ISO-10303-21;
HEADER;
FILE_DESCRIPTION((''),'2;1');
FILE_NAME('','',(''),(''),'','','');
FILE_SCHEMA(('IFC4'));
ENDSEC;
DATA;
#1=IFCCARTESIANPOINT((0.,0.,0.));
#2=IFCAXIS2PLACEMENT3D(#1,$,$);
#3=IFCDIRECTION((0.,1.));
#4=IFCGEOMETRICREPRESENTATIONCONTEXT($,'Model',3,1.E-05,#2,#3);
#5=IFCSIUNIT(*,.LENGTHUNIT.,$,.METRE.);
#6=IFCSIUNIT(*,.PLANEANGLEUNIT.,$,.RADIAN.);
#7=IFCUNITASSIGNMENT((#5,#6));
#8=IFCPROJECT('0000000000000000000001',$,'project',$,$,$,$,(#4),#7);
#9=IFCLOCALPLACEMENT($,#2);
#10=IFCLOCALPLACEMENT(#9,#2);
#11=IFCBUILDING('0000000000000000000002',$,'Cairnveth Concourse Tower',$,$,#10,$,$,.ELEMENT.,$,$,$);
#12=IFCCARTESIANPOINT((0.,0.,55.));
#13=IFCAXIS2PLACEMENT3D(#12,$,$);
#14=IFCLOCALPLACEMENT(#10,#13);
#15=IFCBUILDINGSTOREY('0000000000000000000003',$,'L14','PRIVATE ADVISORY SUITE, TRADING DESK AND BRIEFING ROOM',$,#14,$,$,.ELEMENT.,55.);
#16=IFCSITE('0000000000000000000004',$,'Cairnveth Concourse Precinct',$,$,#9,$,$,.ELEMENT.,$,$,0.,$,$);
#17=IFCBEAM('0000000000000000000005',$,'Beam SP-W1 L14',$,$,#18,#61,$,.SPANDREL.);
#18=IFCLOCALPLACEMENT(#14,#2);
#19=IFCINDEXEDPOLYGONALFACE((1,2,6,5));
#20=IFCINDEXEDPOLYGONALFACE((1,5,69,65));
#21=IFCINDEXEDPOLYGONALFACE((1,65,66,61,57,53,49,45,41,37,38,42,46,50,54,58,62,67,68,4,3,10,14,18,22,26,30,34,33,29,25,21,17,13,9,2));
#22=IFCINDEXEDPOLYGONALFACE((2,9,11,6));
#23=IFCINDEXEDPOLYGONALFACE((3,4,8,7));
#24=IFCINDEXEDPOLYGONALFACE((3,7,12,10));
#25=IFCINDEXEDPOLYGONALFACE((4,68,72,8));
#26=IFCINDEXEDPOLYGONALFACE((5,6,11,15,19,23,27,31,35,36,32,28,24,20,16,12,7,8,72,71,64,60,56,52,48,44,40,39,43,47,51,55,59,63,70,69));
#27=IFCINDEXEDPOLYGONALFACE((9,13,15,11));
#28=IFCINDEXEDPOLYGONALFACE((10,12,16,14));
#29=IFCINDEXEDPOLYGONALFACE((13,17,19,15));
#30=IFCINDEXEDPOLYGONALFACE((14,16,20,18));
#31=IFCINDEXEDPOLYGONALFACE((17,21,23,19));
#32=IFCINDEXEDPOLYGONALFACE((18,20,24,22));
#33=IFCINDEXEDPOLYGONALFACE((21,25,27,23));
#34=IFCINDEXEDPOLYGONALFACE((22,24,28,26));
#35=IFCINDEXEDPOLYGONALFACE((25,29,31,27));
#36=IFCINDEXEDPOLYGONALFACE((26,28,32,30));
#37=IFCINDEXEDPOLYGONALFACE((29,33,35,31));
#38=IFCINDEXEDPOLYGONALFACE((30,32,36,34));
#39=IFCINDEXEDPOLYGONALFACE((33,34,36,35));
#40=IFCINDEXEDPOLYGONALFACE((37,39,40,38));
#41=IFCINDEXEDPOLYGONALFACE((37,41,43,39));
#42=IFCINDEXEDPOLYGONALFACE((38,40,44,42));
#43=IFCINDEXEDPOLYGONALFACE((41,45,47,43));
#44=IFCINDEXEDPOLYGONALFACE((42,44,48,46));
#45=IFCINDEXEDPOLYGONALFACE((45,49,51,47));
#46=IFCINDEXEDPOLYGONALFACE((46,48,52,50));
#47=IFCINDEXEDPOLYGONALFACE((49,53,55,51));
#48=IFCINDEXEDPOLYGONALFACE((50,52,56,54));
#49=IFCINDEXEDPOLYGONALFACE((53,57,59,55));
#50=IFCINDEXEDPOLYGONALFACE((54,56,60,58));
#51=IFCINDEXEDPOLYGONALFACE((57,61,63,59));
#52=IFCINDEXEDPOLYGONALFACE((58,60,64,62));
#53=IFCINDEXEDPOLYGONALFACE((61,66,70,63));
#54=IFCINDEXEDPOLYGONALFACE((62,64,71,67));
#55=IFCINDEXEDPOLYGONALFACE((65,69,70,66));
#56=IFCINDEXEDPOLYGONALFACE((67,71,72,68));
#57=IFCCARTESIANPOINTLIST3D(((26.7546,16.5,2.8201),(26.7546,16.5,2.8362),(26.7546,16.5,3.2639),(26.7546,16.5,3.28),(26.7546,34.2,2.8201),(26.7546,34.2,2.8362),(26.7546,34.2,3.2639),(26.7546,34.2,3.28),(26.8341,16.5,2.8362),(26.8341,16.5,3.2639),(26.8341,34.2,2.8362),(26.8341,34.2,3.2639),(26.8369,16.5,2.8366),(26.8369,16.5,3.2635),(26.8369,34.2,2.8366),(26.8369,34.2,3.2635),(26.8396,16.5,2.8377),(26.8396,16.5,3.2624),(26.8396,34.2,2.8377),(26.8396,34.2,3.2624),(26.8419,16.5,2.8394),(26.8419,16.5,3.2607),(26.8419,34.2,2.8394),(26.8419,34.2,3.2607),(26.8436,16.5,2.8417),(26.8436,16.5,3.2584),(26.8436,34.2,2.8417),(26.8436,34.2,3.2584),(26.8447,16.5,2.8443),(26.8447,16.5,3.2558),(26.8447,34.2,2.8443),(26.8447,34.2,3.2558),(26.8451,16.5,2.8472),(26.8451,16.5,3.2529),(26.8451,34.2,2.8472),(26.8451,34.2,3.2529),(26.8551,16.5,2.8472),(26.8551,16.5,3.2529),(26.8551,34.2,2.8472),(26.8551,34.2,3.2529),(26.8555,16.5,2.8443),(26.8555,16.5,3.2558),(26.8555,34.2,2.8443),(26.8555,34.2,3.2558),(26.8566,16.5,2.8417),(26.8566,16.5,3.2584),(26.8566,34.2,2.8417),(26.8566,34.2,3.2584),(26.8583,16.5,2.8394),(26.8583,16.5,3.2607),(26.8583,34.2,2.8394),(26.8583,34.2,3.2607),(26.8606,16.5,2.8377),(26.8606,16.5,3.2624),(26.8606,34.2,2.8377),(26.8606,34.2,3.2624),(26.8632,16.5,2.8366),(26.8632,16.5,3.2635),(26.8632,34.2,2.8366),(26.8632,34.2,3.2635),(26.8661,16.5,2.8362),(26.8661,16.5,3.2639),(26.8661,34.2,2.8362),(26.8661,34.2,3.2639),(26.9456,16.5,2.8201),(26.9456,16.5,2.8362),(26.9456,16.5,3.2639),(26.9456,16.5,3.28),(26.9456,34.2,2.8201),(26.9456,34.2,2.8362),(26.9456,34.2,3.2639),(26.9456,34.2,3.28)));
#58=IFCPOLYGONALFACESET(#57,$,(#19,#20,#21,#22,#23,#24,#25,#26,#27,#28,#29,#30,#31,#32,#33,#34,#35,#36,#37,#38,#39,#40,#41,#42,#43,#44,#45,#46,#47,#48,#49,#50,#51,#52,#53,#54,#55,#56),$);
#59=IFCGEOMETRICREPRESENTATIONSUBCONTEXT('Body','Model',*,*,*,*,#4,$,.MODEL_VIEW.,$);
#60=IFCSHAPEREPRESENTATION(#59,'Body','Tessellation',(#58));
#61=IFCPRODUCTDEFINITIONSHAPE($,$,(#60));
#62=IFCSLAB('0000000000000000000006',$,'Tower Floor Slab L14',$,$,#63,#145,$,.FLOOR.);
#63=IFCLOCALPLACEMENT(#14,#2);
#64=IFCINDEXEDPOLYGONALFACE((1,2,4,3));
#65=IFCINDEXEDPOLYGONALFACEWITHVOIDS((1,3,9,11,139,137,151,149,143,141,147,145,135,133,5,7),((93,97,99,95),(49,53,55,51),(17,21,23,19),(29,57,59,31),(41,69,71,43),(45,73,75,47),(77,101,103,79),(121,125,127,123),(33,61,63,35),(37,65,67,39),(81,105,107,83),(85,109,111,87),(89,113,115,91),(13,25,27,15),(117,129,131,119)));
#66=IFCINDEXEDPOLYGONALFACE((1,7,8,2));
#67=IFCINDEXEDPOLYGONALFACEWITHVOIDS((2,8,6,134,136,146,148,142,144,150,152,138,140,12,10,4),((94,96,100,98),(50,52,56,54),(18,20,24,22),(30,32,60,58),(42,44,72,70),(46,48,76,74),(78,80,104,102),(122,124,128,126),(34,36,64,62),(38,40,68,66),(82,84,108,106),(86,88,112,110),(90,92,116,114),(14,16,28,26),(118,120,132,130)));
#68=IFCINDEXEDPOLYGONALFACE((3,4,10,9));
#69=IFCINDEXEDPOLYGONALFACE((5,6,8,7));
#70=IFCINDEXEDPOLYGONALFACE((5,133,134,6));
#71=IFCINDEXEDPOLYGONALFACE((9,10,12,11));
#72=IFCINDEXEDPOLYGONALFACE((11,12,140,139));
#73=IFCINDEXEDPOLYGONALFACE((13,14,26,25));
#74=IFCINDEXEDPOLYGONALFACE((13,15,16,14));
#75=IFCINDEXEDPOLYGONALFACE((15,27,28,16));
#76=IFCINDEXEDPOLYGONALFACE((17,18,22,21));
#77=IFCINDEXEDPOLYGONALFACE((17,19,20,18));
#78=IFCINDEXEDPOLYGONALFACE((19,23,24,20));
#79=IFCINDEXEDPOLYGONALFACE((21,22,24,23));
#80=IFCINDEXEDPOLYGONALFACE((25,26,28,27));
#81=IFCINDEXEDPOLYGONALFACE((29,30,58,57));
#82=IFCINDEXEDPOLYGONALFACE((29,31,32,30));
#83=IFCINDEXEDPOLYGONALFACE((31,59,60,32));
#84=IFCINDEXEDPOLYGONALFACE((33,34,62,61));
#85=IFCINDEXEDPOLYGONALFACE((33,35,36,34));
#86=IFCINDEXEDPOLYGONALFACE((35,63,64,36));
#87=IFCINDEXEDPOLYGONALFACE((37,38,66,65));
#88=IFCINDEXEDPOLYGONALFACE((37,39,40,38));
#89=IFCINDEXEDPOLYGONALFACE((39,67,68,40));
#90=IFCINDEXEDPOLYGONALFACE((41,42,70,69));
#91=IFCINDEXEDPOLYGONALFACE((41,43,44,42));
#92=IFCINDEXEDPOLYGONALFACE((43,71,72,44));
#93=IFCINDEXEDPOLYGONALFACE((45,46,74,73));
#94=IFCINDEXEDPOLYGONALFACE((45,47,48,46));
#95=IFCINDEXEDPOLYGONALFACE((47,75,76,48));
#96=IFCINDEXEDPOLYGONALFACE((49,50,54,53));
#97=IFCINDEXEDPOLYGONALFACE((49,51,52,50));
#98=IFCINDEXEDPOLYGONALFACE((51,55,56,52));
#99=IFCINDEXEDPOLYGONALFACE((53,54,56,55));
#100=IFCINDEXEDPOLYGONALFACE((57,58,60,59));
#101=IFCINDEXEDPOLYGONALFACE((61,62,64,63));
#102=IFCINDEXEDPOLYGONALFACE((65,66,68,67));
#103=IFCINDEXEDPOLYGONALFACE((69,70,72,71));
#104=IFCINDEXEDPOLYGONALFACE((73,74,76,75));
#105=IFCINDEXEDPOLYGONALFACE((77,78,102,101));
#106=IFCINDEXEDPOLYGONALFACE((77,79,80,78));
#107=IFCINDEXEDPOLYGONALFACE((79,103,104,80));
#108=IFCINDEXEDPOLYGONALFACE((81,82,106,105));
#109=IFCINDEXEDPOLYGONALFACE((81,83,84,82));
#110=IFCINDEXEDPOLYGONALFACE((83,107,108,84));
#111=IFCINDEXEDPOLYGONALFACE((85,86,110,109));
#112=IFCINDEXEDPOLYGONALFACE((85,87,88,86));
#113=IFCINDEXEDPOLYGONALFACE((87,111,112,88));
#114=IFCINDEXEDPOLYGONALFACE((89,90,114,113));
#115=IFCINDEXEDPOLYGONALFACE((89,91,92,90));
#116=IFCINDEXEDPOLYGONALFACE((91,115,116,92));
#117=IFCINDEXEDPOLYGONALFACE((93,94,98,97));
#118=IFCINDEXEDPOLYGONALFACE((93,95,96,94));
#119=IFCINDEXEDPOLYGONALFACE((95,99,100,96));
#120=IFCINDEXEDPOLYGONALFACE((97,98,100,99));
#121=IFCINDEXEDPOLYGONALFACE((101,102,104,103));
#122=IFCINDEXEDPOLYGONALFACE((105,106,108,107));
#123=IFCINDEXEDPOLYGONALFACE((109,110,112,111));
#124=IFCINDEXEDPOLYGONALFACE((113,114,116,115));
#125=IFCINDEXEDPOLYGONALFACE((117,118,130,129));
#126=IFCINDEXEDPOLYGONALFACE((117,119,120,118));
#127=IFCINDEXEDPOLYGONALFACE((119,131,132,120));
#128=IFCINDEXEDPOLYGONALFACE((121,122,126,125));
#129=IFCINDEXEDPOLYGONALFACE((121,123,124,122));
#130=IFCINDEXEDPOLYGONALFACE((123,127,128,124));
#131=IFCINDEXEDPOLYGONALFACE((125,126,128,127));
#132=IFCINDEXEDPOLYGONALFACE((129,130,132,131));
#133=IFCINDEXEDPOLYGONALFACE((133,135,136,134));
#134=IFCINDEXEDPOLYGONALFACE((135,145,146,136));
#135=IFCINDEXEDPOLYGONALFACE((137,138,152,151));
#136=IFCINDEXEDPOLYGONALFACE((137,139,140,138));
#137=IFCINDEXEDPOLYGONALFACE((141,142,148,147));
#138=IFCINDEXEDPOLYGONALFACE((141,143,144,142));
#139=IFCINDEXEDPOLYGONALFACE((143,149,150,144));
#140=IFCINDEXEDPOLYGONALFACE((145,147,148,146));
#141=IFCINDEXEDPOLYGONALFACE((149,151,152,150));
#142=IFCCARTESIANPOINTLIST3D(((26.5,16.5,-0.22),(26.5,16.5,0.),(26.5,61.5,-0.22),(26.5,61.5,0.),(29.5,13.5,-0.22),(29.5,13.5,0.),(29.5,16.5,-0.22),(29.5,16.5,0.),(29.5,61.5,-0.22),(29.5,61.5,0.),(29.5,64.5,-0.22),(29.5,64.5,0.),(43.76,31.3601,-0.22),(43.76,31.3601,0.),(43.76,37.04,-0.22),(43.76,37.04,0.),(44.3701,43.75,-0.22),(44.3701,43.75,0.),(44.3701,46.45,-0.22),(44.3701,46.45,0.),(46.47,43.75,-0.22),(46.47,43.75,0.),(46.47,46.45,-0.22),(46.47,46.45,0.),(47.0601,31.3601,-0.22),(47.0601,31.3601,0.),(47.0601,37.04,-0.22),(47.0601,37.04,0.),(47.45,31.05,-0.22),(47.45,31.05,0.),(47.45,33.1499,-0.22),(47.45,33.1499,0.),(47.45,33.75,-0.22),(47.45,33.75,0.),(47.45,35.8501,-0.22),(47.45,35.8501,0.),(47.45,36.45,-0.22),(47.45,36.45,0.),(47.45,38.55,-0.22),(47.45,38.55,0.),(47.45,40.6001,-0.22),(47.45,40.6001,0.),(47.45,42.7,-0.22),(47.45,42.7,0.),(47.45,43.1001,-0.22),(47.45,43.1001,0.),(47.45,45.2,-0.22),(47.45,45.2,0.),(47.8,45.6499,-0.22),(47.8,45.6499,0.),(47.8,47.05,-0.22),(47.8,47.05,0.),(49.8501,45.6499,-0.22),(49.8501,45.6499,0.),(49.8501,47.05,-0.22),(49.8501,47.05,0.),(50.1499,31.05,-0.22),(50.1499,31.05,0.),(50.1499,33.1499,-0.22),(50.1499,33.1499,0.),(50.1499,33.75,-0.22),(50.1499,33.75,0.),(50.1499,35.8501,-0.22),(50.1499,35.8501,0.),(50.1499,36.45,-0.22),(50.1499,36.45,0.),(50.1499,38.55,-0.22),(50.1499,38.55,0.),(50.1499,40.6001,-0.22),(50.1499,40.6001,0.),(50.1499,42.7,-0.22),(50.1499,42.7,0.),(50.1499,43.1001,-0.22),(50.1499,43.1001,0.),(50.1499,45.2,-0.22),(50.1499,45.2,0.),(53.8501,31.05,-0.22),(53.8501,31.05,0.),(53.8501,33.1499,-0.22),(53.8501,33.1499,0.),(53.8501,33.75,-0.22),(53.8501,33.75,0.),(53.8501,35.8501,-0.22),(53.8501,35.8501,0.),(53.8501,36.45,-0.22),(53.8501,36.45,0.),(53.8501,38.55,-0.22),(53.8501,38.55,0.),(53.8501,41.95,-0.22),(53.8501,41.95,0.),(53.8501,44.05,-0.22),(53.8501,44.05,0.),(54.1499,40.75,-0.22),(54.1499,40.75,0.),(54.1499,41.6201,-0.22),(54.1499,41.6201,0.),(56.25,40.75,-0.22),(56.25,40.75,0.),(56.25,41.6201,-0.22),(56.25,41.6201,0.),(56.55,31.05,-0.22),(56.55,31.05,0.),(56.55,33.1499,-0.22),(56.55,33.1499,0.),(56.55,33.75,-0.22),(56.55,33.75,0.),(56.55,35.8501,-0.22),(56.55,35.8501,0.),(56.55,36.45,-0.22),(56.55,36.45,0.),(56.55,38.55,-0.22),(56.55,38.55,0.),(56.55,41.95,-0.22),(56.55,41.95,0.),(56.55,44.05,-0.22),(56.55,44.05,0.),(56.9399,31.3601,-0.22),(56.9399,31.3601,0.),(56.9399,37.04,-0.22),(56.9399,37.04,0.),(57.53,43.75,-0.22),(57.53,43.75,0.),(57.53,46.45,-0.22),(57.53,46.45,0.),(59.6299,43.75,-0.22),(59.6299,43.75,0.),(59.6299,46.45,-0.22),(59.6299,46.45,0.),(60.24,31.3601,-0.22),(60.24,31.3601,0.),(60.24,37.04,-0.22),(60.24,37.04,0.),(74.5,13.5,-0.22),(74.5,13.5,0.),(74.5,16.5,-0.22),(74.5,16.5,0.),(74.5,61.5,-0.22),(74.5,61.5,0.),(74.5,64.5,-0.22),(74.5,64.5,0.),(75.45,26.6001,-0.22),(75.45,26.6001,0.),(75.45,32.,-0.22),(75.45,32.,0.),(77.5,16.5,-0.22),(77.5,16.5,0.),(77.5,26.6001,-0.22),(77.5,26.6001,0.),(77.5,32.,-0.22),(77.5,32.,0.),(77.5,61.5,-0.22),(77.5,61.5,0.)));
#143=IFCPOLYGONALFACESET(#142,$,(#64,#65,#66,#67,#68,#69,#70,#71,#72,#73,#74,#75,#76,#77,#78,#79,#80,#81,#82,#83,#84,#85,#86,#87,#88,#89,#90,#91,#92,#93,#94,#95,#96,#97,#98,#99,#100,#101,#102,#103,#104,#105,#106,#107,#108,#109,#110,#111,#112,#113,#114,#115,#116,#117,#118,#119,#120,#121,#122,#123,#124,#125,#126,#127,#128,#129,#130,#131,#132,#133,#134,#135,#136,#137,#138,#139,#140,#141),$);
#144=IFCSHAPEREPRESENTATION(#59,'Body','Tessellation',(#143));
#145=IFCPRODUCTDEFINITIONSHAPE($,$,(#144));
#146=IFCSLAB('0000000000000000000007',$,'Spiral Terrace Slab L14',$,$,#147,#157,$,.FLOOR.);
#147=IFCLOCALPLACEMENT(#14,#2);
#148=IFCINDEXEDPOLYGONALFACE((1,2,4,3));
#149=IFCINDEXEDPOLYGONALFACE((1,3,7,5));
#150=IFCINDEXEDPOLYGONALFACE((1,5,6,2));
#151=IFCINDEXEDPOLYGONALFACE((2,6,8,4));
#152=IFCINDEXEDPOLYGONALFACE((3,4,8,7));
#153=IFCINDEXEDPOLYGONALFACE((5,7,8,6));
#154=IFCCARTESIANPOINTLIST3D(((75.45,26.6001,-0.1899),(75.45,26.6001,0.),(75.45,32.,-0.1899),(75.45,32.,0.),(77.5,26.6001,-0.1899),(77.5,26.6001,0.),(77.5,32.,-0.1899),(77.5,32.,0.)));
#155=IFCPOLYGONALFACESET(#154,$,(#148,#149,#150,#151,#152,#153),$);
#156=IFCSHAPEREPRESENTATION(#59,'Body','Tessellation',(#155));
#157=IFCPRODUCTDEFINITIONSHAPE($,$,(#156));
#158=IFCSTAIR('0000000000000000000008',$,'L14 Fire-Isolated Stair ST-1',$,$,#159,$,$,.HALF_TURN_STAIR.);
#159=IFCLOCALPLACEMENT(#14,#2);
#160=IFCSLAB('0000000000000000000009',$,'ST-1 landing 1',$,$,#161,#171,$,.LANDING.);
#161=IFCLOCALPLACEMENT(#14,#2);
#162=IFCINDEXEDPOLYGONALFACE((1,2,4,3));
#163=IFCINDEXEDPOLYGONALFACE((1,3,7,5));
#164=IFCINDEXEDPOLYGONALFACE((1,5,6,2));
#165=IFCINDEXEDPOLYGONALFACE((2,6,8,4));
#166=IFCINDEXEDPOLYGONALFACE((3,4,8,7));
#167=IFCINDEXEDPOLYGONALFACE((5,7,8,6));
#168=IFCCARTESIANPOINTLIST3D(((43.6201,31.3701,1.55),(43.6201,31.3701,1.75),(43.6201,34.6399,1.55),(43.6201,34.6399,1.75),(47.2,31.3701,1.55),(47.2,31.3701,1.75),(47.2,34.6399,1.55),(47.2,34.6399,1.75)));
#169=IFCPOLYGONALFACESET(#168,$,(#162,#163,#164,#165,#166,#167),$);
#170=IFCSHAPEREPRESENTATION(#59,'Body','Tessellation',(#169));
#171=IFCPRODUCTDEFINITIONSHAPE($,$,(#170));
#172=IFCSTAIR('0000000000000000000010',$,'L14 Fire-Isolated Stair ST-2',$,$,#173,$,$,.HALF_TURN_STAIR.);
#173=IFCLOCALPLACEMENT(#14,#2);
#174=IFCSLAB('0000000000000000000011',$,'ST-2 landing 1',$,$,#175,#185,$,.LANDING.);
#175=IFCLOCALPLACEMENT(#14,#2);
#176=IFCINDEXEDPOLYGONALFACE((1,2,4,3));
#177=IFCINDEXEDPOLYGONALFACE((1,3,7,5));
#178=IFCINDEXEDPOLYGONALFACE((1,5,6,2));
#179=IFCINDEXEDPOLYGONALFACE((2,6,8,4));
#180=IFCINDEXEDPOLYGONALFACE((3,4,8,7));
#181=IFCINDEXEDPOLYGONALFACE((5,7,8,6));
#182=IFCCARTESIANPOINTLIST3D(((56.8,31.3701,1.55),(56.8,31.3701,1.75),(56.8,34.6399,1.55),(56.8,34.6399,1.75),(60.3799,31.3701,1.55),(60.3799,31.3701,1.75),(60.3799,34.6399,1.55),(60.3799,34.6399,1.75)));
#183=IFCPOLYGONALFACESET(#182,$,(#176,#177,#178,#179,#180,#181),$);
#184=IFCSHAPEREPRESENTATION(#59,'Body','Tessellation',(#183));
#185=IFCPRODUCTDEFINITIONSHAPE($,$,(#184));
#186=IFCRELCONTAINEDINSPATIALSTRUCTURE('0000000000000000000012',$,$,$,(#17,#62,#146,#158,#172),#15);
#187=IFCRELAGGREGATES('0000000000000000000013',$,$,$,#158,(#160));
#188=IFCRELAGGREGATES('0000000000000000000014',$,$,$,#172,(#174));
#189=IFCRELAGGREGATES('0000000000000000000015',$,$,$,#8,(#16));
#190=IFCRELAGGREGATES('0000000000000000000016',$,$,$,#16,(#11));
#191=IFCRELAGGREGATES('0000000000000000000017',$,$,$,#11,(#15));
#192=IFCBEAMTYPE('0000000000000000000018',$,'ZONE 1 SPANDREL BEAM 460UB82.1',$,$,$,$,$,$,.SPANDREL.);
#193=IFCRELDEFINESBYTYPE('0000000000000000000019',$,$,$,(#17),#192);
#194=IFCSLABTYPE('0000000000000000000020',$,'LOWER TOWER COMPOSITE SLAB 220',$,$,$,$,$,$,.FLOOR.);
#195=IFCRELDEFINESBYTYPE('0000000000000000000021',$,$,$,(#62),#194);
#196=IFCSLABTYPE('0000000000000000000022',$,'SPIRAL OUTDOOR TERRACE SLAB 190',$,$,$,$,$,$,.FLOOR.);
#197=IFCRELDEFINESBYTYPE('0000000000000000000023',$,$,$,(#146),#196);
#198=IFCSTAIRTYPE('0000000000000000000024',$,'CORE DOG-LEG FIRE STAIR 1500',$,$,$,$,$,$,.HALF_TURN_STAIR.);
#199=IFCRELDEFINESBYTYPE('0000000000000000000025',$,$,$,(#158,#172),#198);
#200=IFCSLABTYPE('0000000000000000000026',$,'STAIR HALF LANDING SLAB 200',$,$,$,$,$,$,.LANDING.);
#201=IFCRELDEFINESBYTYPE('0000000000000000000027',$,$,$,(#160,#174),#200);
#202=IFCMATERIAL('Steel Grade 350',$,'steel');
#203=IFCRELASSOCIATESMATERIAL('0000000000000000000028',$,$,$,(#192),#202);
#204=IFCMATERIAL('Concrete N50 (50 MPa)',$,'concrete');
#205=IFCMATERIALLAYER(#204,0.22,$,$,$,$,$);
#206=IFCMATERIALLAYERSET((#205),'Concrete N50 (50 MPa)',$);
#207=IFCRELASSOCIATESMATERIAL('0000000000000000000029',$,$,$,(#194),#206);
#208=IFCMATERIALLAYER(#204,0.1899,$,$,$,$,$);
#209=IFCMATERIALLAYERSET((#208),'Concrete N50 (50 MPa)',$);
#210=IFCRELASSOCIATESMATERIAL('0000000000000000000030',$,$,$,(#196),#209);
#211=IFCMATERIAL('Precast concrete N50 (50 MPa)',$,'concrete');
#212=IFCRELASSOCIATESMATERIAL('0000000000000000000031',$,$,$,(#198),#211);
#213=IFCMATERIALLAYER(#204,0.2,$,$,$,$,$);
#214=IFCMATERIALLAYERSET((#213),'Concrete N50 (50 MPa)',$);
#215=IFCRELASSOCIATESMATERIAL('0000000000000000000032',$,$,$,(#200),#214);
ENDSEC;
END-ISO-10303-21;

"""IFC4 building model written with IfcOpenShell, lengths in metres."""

from ifc_helpers import new_model, si_unit, direction, frame, origin, origin_2d, place, context, subcontext, project, spatial, polyline, i_section, outline, extrude, material, layer, layer_set, material_profile, profile_set, type_object, element, aggregate, save


model = new_model("IFC4")

# Units and contexts
model_context = context("Model", 3, precision=1e-05, world=origin(), true_north=direction((0.0, 1.0)))
body_context = subcontext(model_context, "Body", "Model", "MODEL_VIEW")
ifc_project = project(units=[si_unit("LENGTHUNIT", "METRE"), si_unit("PLANEANGLEUNIT", "RADIAN")], contexts=[model_context])

# Site, building, storey
site_placement = place(None, origin())
site = spatial("IfcSite", under=ifc_project, at=site_placement, Name="Cairnveth Concourse Precinct", CompositionType="ELEMENT", RefElevation=0.0)
building_placement = place(site_placement, origin())
building = spatial("IfcBuilding", under=site, at=building_placement, Name="Cairnveth Concourse Tower", CompositionType="ELEMENT")
storey_placement = place(building_placement, frame((0.0, 0.0, 55.0)))
storey = spatial("IfcBuildingStorey", under=building, at=storey_placement, Name="L14", Description="PRIVATE ADVISORY SUITE, TRADING DESK AND BRIEFING ROOM", CompositionType="ELEMENT", Elevation=55.0)

# Beam
ifc_material_1 = material(Name="Steel Grade 350", Category="steel")
ifc_material_profile_1 = material_profile(ifc_material_1, i_section(OverallWidth=0.1909, OverallDepth=0.46, WebThickness=0.01, FlangeThickness=0.0161, FilletRadius=0.011, at=origin_2d()), Name="460UB82.1")
ifc_profile_set_1 = profile_set([ifc_material_profile_1], Name="Steel Grade 350")
beam_type_1 = type_object("IfcBeamType", Name="ZONE 1 SPANDREL BEAM 460UB82.1", PredefinedType="SPANDREL", material=ifc_profile_set_1)
for number, where, z_axis, x_axis, name in (
    (1, (26.8501, 16.5, 3.05), (0.0, 1.0, 0.0), (-1.0, 0.0, 0.0), "Beam SP-W1 L14"),
):
    element("IfcBeam", number, at=place(storey_placement, frame(where, z_axis=z_axis, x_axis=x_axis)), inside=storey, type_object=beam_type_1, Name=name, PredefinedType="SPANDREL", context=body_context, shape_type="SweptSolid", body=[
        extrude(i_section(OverallWidth=0.1909, OverallDepth=0.46, WebThickness=0.01, FlangeThickness=0.0161, FilletRadius=0.011, at=origin_2d()), origin(), (0.0, 0.0, 1.0), 17.7),
    ])

# Slabs
ifc_material_2 = material(Name="Concrete N50 (50 MPa)", Category="concrete")
ifc_layer_1 = layer(ifc_material_2, 0.22)
ifc_layer_set_1 = layer_set([ifc_layer_1], Name="Concrete N50 (50 MPa)")
slab_type_1 = type_object("IfcSlabType", Name="LOWER TOWER COMPOSITE SLAB 220", PredefinedType="FLOOR", material=ifc_layer_set_1)
slab_1_placement = place(storey_placement, frame((0.0, 0.0, -0.22)))
element("IfcSlab", 2, at=slab_1_placement, inside=storey, type_object=slab_type_1, Name="Tower Floor Slab L14", PredefinedType="FLOOR", context=body_context, shape_type="SweptSolid", body=[
    extrude(outline(polyline([(77.5, 26.6001), (75.45, 26.6001), (75.45, 32.0), (77.5, 32.0), (77.5, 61.5), (74.5, 61.5), (74.5, 64.5), (29.5, 64.5), (29.5, 61.5), (26.5, 61.5), (26.5, 16.5), (29.5, 16.5), (29.5, 13.5), (74.5, 13.5), (74.5, 16.5), (77.5, 16.5), (77.5, 26.6001)]), holes=[polyline([(43.76, 31.3601), (47.0601, 31.3601), (47.0601, 37.04), (43.76, 37.04), (43.76, 31.3601)]), polyline([(56.9399, 31.3601), (60.24, 31.3601), (60.24, 37.04), (56.9399, 37.04), (56.9399, 31.3601)]), polyline([(44.3701, 43.75), (46.47, 43.75), (46.47, 46.45), (44.3701, 46.45), (44.3701, 43.75)]), polyline([(57.53, 43.75), (59.6299, 43.75), (59.6299, 46.45), (57.53, 46.45), (57.53, 43.75)]), polyline([(47.45, 31.05), (50.1499, 31.05), (50.1499, 33.1499), (47.45, 33.1499), (47.45, 31.05)]), polyline([(47.45, 33.75), (50.1499, 33.75), (50.1499, 35.8501), (47.45, 35.8501), (47.45, 33.75)]), polyline([(47.45, 36.45), (50.1499, 36.45), (50.1499, 38.55), (47.45, 38.55), (47.45, 36.45)]), polyline([(53.8501, 31.05), (56.55, 31.05), (56.55, 33.1499), (53.8501, 33.1499), (53.8501, 31.05)]), polyline([(53.8501, 33.75), (56.55, 33.75), (56.55, 35.8501), (53.8501, 35.8501), (53.8501, 33.75)]), polyline([(53.8501, 36.45), (56.55, 36.45), (56.55, 38.55), (53.8501, 38.55), (53.8501, 36.45)]), polyline([(47.45, 40.6001), (50.1499, 40.6001), (50.1499, 42.7), (47.45, 42.7), (47.45, 40.6001)]), polyline([(47.45, 43.1001), (50.1499, 43.1001), (50.1499, 45.2), (47.45, 45.2), (47.45, 43.1001)]), polyline([(53.8501, 41.95), (56.55, 41.95), (56.55, 44.05), (53.8501, 44.05), (53.8501, 41.95)]), polyline([(47.8, 45.6499), (49.8501, 45.6499), (49.8501, 47.05), (47.8, 47.05), (47.8, 45.6499)]), polyline([(54.1499, 40.75), (56.25, 40.75), (56.25, 41.6201), (54.1499, 41.6201), (54.1499, 40.75)])]), origin(), (0.0, 0.0, 1.0), 0.22),
])
ifc_layer_2 = layer(ifc_material_2, 0.1899)
ifc_layer_set_2 = layer_set([ifc_layer_2], Name="Concrete N50 (50 MPa)")
slab_type_2 = type_object("IfcSlabType", Name="SPIRAL OUTDOOR TERRACE SLAB 190", PredefinedType="FLOOR", material=ifc_layer_set_2)
slab_2_placement = place(storey_placement, frame((0.0, 0.0, -0.1899)))
element("IfcSlab", 3, at=slab_2_placement, inside=storey, type_object=slab_type_2, Name="Spiral Terrace Slab L14", PredefinedType="FLOOR", context=body_context, shape_type="SweptSolid", body=[
    extrude(outline(polyline([(75.45, 26.6001), (77.5, 26.6001), (77.5, 32.0), (75.45, 32.0), (75.45, 26.6001)])), origin(), (0.0, 0.0, 1.0), 0.1899),
])

# Stairs, slabs
ifc_material_3 = material(Name="Precast concrete N50 (50 MPa)", Category="concrete")
stair_type = type_object("IfcStairType", Name="CORE DOG-LEG FIRE STAIR 1500", PredefinedType="HALF_TURN_STAIR", material=ifc_material_3)
stair_1_placement = place(storey_placement, origin())
stair_1 = element("IfcStair", 4, at=stair_1_placement, inside=storey, type_object=stair_type, Name="L14 Fire-Isolated Stair ST-1", PredefinedType="HALF_TURN_STAIR")
ifc_layer_3 = layer(ifc_material_2, 0.2)
ifc_layer_set_3 = layer_set([ifc_layer_3], Name="Concrete N50 (50 MPa)")
slab_type_3 = type_object("IfcSlabType", Name="STAIR HALF LANDING SLAB 200", PredefinedType="LANDING", material=ifc_layer_set_3)
slab_3_placement = place(storey_placement, frame((0.0, 0.0, 1.55)))
slab_3 = element("IfcSlab", 5, at=slab_3_placement, type_object=slab_type_3, Name="ST-1 landing 1", PredefinedType="LANDING", context=body_context, shape_type="SweptSolid", body=[
    extrude(outline(polyline([(43.6201, 34.6399), (43.6201, 31.3701), (47.2, 31.3701), (47.2, 34.6399), (43.6201, 34.6399)])), origin(), (0.0, 0.0, 1.0), 0.2),
])
aggregate(stair_1, [slab_3])
stair_2_placement = place(storey_placement, origin())
stair_2 = element("IfcStair", 6, at=stair_2_placement, inside=storey, type_object=stair_type, Name="L14 Fire-Isolated Stair ST-2", PredefinedType="HALF_TURN_STAIR")
slab_4_placement = place(storey_placement, frame((0.0, 0.0, 1.55)))
slab_4 = element("IfcSlab", 7, at=slab_4_placement, type_object=slab_type_3, Name="ST-2 landing 1", PredefinedType="LANDING", context=body_context, shape_type="SweptSolid", body=[
    extrude(outline(polyline([(56.8, 34.6399), (56.8, 31.3701), (60.3799, 31.3701), (60.3799, 34.6399), (56.8, 34.6399)])), origin(), (0.0, 0.0, 1.0), 0.2),
])
aggregate(stair_2, [slab_4])

save(model, "model.ifc")
